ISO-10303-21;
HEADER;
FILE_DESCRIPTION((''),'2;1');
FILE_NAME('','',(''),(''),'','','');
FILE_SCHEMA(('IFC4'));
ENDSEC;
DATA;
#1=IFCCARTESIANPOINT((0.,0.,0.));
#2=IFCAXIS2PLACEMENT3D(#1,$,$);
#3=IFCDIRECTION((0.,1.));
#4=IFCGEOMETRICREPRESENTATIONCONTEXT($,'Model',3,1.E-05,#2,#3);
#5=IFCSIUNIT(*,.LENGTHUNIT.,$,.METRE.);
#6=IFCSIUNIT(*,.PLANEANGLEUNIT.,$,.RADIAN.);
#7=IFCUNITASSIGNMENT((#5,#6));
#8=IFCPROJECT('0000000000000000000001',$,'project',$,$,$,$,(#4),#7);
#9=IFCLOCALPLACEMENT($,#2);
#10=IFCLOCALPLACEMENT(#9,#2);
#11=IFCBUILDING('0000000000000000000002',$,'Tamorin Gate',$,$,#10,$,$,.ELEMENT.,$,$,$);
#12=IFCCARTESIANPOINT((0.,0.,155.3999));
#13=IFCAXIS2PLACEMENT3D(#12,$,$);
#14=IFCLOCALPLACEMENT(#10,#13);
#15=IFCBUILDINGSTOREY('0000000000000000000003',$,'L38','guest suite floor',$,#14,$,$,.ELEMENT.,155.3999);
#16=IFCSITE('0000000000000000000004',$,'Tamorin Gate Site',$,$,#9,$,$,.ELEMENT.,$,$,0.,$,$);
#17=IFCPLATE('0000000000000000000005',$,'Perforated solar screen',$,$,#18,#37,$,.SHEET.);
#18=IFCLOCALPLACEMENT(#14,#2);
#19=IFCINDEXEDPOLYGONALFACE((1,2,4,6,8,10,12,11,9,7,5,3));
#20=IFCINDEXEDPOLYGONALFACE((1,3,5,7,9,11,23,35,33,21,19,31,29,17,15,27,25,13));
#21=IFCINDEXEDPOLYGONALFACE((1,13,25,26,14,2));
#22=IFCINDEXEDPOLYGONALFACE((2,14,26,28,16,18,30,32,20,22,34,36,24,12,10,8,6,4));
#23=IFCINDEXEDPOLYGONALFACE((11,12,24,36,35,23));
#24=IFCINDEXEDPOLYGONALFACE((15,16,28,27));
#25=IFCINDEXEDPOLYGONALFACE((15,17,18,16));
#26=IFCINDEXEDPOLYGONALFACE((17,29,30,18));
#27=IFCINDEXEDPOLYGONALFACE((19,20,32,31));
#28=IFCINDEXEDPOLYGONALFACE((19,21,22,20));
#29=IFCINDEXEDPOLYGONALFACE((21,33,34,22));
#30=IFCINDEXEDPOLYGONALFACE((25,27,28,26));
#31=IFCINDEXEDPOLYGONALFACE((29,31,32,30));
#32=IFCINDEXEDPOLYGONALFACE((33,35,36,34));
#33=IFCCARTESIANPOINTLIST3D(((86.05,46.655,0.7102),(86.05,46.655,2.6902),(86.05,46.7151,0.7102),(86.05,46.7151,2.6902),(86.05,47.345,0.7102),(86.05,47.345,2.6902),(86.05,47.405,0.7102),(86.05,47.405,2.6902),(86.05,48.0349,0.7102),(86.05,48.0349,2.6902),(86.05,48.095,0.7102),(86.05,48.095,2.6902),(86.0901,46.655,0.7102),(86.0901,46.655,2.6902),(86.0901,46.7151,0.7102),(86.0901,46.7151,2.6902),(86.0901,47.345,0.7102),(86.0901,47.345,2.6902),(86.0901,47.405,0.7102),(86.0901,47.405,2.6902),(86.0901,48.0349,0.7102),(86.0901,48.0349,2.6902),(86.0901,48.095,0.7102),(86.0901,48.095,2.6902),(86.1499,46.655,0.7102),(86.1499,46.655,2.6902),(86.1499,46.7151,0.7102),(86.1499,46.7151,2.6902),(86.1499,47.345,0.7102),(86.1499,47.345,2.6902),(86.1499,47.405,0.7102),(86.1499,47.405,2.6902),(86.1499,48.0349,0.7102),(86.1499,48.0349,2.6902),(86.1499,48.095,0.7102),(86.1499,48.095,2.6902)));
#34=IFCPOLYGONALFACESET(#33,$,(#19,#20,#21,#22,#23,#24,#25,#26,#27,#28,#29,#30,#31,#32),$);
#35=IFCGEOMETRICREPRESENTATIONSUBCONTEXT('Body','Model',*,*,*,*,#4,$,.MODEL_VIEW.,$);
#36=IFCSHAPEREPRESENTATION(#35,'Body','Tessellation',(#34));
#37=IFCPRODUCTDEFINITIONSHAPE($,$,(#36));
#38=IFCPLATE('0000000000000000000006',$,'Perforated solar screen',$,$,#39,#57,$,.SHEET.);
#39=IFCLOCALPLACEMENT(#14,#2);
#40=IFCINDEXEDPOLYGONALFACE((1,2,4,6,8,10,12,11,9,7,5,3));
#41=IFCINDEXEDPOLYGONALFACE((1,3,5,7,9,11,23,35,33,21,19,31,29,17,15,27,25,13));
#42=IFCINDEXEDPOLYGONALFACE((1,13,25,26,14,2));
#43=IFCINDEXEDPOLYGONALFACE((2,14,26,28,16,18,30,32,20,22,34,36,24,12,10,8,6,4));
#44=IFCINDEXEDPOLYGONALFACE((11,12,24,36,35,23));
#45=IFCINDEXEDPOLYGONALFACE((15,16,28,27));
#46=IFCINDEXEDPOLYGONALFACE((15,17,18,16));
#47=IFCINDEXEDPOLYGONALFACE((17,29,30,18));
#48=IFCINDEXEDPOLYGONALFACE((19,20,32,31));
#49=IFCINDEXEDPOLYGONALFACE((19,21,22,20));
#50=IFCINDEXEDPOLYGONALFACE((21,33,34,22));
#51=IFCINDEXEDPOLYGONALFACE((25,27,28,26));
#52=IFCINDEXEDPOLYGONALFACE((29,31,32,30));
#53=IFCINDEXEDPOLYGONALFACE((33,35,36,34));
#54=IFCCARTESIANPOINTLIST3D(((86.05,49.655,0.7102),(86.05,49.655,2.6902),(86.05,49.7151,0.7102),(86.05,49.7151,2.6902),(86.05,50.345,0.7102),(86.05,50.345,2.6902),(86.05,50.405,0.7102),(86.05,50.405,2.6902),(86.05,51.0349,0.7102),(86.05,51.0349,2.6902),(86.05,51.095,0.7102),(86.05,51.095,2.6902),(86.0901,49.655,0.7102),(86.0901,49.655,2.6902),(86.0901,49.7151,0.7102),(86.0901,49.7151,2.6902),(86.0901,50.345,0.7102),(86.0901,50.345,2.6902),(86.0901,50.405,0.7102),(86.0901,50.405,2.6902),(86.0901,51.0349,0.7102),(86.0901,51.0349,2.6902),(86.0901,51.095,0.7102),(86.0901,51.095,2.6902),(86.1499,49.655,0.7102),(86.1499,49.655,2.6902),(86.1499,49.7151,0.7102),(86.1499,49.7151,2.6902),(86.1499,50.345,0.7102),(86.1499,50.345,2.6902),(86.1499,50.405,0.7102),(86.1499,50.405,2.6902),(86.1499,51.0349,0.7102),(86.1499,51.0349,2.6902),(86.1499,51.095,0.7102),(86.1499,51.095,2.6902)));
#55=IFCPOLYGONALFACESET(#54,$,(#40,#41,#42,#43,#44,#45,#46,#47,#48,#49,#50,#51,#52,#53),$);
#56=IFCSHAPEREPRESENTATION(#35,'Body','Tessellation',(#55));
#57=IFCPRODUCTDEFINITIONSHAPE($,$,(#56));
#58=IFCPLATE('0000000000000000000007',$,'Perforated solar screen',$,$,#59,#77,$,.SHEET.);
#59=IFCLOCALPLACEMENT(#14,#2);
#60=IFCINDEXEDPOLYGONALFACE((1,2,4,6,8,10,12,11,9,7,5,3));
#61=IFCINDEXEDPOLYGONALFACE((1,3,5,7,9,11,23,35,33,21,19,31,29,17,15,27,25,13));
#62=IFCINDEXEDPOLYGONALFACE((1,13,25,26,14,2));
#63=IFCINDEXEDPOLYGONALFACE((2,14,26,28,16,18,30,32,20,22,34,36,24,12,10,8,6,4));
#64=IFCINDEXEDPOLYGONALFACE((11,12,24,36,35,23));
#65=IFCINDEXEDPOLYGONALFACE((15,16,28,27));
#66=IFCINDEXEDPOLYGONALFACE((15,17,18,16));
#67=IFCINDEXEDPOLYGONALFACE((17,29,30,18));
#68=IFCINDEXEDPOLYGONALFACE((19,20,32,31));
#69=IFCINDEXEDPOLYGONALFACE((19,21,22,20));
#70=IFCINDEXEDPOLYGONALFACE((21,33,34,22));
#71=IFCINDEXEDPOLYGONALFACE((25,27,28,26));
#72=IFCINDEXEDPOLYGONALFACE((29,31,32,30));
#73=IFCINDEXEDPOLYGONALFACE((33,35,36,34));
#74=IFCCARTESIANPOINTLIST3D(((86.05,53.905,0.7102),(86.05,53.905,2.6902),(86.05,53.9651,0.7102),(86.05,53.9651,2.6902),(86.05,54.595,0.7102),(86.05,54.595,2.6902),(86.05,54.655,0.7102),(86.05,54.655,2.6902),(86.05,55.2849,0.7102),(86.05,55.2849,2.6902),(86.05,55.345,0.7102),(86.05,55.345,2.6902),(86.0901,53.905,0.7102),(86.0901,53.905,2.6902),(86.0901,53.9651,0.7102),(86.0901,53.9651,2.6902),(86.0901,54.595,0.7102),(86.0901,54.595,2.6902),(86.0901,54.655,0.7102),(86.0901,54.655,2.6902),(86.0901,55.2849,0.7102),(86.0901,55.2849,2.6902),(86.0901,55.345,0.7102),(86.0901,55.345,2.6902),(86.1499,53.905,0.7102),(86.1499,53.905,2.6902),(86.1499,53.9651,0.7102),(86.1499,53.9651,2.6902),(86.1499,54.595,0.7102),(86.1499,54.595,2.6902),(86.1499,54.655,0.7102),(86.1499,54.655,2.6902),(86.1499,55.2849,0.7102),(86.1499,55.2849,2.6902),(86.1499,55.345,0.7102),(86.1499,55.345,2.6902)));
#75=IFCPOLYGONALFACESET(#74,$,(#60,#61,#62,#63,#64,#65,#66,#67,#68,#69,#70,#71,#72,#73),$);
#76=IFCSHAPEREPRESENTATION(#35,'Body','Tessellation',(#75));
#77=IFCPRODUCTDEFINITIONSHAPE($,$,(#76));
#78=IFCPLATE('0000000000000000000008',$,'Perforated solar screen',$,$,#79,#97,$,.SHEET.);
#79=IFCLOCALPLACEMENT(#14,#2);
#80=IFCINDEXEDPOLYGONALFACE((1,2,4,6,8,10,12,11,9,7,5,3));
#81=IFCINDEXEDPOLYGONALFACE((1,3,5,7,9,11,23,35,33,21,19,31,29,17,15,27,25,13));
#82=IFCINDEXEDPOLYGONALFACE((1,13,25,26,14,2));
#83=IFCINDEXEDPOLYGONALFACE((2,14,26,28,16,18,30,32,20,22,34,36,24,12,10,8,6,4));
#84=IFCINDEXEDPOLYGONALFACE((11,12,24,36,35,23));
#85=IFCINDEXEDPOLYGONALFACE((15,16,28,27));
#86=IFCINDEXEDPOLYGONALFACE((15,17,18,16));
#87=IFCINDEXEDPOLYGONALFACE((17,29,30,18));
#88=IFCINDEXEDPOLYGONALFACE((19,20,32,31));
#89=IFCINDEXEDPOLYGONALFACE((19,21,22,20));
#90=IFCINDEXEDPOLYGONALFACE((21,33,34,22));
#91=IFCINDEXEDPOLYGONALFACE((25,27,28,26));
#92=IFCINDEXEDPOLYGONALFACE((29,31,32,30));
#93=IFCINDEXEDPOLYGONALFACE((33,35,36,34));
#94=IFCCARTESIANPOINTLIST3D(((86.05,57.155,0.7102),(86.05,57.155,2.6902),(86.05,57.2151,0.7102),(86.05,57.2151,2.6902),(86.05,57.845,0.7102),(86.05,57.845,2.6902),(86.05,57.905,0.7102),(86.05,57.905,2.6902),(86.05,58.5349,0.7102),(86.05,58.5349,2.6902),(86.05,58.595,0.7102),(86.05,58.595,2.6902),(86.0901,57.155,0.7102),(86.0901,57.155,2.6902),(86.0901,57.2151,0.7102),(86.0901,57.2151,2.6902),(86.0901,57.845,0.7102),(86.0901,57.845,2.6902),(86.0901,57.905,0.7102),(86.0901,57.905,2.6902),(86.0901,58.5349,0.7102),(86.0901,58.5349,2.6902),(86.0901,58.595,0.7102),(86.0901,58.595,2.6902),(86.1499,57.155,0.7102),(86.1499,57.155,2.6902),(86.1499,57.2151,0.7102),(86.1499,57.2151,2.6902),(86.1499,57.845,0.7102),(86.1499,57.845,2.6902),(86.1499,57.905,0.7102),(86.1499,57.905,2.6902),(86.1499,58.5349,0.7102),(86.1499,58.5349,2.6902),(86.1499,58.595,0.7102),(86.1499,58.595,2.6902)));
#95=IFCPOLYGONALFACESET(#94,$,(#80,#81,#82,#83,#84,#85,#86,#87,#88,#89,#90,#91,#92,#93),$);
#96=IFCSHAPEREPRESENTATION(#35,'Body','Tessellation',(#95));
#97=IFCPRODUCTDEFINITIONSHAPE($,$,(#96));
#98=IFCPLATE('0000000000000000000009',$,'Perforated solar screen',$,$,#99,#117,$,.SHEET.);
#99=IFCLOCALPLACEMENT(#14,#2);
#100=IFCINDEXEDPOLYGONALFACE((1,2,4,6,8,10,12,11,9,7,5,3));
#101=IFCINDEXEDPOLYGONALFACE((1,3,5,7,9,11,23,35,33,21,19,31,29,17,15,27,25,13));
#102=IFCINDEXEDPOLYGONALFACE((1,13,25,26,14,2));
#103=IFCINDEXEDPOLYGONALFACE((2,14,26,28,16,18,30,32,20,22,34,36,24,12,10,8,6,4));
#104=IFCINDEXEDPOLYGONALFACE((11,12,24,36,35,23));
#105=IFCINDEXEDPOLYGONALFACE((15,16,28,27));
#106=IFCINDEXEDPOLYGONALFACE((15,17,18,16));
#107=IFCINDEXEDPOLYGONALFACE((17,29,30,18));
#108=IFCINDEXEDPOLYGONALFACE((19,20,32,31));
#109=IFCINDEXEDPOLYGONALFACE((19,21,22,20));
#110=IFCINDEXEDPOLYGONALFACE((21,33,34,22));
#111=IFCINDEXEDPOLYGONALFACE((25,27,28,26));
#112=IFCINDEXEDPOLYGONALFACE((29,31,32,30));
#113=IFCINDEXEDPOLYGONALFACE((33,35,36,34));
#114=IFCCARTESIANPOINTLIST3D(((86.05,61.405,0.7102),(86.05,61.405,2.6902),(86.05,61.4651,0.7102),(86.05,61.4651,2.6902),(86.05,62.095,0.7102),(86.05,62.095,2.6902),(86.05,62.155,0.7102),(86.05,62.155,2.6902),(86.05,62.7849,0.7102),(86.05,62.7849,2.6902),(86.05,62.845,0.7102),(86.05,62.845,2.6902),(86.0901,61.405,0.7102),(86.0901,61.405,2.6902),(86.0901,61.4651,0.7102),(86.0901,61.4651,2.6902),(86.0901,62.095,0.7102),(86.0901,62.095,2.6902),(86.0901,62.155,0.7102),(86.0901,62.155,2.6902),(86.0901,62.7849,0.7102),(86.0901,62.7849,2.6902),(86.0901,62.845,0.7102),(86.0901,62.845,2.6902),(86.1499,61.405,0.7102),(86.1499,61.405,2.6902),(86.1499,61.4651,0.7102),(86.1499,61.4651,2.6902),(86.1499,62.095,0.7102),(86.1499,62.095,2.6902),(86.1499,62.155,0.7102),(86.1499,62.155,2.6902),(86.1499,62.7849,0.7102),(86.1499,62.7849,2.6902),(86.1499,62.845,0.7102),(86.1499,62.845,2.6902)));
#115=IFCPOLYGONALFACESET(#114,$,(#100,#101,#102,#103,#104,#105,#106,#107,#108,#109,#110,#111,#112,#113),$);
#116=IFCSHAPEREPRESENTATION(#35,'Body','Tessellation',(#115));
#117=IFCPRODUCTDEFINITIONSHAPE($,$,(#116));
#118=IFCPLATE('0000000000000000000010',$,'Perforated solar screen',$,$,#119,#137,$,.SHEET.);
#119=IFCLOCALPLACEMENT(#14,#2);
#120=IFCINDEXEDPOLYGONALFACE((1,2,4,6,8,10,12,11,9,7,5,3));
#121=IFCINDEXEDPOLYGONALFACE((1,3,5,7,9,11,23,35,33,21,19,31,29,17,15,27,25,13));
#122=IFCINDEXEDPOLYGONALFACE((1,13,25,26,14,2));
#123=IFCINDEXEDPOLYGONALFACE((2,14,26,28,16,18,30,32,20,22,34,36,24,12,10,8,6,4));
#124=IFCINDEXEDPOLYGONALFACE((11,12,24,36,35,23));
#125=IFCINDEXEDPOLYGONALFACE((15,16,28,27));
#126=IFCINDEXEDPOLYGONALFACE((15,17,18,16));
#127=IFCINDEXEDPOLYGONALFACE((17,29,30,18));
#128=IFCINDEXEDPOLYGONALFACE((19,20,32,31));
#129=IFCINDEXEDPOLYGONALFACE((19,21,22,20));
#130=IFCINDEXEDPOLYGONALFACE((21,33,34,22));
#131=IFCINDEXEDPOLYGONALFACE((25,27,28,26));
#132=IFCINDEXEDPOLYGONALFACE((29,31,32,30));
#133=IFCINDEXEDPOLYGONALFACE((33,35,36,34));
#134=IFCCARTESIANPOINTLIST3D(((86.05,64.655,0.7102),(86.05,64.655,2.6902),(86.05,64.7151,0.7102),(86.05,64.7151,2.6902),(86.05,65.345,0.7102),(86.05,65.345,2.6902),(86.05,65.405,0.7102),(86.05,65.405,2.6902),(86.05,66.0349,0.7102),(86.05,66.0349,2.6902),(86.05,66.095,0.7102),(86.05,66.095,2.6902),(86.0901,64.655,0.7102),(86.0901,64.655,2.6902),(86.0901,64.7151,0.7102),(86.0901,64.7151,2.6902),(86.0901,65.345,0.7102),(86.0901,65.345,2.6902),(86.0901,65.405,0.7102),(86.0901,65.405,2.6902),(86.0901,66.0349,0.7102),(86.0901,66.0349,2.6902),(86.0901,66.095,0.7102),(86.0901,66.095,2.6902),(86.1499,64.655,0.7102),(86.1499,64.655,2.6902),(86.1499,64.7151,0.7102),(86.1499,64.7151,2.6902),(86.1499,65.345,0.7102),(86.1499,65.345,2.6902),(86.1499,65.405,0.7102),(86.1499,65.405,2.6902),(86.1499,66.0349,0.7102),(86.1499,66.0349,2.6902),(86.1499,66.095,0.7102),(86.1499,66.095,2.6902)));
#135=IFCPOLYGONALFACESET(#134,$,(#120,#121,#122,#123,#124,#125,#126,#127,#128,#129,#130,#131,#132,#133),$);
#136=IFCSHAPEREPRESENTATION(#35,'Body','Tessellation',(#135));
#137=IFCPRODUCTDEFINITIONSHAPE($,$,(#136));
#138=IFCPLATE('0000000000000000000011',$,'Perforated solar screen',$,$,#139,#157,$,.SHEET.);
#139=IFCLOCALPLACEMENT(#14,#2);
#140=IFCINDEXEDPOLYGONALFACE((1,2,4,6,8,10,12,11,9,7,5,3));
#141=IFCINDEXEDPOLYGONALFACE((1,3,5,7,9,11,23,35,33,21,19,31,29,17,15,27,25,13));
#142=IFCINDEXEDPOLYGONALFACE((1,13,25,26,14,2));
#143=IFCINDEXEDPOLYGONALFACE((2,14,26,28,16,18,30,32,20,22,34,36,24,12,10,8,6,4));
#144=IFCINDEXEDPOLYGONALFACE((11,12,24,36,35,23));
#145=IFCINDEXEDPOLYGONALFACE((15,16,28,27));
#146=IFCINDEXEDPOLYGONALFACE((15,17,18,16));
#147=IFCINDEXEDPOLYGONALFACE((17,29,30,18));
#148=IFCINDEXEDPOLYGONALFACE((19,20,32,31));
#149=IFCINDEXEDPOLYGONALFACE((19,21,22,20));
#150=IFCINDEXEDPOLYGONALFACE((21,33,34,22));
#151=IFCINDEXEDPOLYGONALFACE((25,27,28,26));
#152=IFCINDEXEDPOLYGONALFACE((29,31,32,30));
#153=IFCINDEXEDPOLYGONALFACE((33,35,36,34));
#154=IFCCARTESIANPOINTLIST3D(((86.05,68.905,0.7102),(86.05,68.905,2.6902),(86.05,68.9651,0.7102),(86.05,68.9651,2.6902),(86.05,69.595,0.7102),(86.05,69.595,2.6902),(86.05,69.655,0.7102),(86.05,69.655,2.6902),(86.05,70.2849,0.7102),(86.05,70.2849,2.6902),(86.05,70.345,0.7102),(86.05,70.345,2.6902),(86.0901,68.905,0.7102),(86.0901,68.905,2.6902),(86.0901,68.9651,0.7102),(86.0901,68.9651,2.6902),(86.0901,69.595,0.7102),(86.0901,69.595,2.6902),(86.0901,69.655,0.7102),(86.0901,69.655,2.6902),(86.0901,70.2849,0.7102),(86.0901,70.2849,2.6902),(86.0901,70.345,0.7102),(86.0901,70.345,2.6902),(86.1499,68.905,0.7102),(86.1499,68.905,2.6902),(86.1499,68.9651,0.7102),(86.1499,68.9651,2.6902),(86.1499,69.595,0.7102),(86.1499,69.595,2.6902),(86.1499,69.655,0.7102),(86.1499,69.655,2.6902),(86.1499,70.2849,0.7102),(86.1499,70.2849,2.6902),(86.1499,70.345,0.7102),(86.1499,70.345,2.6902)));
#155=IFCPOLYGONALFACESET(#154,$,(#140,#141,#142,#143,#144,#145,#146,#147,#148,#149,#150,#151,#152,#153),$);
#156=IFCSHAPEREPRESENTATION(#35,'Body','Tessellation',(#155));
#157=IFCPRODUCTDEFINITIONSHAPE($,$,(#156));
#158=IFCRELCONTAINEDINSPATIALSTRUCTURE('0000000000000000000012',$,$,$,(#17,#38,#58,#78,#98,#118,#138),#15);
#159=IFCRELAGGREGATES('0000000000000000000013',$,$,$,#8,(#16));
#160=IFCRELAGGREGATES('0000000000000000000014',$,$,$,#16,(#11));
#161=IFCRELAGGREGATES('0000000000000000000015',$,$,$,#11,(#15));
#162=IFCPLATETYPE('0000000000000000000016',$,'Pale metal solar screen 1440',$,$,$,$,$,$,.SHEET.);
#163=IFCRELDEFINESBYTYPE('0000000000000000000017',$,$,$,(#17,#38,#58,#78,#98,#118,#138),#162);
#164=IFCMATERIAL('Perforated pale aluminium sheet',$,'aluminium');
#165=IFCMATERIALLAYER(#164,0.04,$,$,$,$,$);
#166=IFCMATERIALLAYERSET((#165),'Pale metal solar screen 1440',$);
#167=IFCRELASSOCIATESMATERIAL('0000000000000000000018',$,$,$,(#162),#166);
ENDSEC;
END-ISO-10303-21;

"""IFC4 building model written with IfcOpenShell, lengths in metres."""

from ifc_helpers import new_model, si_unit, direction, frame, origin, place, context, subcontext, project, spatial, polyline, outline, extrude, material, layer, layer_set, type_object, element, save


model = new_model("IFC4")

# Units and contexts
model_context = context("Model", 3, precision=1e-05, world=origin(), true_north=direction((0.0, 1.0)))
body_context = subcontext(model_context, "Body", "Model", "MODEL_VIEW")
ifc_project = project(units=[si_unit("LENGTHUNIT", "METRE"), si_unit("PLANEANGLEUNIT", "RADIAN")], contexts=[model_context])

# Site, building, storey
site_placement = place(None, origin())
site = spatial("IfcSite", under=ifc_project, at=site_placement, Name="Tamorin Gate Site", CompositionType="ELEMENT", RefElevation=0.0)
building_placement = place(site_placement, origin())
building = spatial("IfcBuilding", under=site, at=building_placement, Name="Tamorin Gate", CompositionType="ELEMENT")
storey_placement = place(building_placement, frame((0.0, 0.0, 155.3999)))
storey = spatial("IfcBuildingStorey", under=building, at=storey_placement, Name="L38", Description="guest suite floor", CompositionType="ELEMENT", Elevation=155.3999)

# Plates
ifc_material_1 = material(Name="Perforated pale aluminium sheet", Category="aluminium")
ifc_layer_1 = layer(ifc_material_1, 0.04)
ifc_layer_set_1 = layer_set([ifc_layer_1], Name="Pale metal solar screen 1440")
plate_type_1 = type_object("IfcPlateType", Name="Pale metal solar screen 1440", PredefinedType="SHEET", material=ifc_layer_set_1)
plate_1_placement = place(storey_placement, frame((0.0, 0.0, 0.7102)))
element("IfcPlate", 1, at=plate_1_placement, inside=storey, type_object=plate_type_1, Name="Perforated solar screen", PredefinedType="SHEET", context=body_context, shape_type="SweptSolid", body=[
    extrude(outline(polyline([(86.0901, 46.655), (86.05, 46.655), (86.05, 46.7151), (86.05, 47.345), (86.05, 47.405), (86.05, 48.0349), (86.05, 48.095), (86.05, 48.095), (86.0901, 48.095), (86.0901, 48.095), (86.1499, 48.095), (86.1499, 48.0349), (86.0901, 48.0349), (86.0901, 47.405), (86.1499, 47.405), (86.1499, 47.345), (86.0901, 47.345), (86.0901, 46.7151), (86.1499, 46.7151), (86.1499, 46.655), (86.0901, 46.655)])), origin(), (0.0, 0.0, 1.0), 1.98),
])
plate_2_placement = place(storey_placement, frame((0.0, 0.0, 0.7102)))
element("IfcPlate", 2, at=plate_2_placement, inside=storey, type_object=plate_type_1, Name="Perforated solar screen", PredefinedType="SHEET", context=body_context, shape_type="SweptSolid", body=[
    extrude(outline(polyline([(86.0901, 49.655), (86.05, 49.655), (86.05, 49.7151), (86.05, 50.345), (86.05, 50.405), (86.05, 51.0349), (86.05, 51.095), (86.0901, 51.095), (86.1499, 51.095), (86.1499, 51.0349), (86.0901, 51.0349), (86.0901, 50.405), (86.1499, 50.405), (86.1499, 50.345), (86.0901, 50.345), (86.0901, 49.7151), (86.1499, 49.7151), (86.1499, 49.655), (86.0901, 49.655)])), origin(), (0.0, 0.0, 1.0), 1.98),
])
plate_3_placement = place(storey_placement, frame((0.0, 0.0, 0.7102)))
element("IfcPlate", 3, at=plate_3_placement, inside=storey, type_object=plate_type_1, Name="Perforated solar screen", PredefinedType="SHEET", context=body_context, shape_type="SweptSolid", body=[
    extrude(outline(polyline([(86.0901, 53.905), (86.05, 53.905), (86.05, 53.9651), (86.05, 54.595), (86.05, 54.655), (86.05, 55.2849), (86.05, 55.345), (86.0901, 55.345), (86.1499, 55.345), (86.1499, 55.2849), (86.0901, 55.2849), (86.0901, 54.655), (86.1499, 54.655), (86.1499, 54.595), (86.0901, 54.595), (86.0901, 53.9651), (86.1499, 53.9651), (86.1499, 53.905), (86.0901, 53.905)])), origin(), (0.0, 0.0, 1.0), 1.98),
])
plate_4_placement = place(storey_placement, frame((0.0, 0.0, 0.7102)))
element("IfcPlate", 4, at=plate_4_placement, inside=storey, type_object=plate_type_1, Name="Perforated solar screen", PredefinedType="SHEET", context=body_context, shape_type="SweptSolid", body=[
    extrude(outline(polyline([(86.0901, 57.155), (86.05, 57.155), (86.05, 57.2151), (86.05, 57.845), (86.05, 57.905), (86.05, 58.5349), (86.05, 58.595), (86.0901, 58.595), (86.1499, 58.595), (86.1499, 58.5349), (86.0901, 58.5349), (86.0901, 57.905), (86.1499, 57.905), (86.1499, 57.845), (86.0901, 57.845), (86.0901, 57.2151), (86.1499, 57.2151), (86.1499, 57.155), (86.0901, 57.155)])), origin(), (0.0, 0.0, 1.0), 1.98),
])
plate_5_placement = place(storey_placement, frame((0.0, 0.0, 0.7102)))
element("IfcPlate", 5, at=plate_5_placement, inside=storey, type_object=plate_type_1, Name="Perforated solar screen", PredefinedType="SHEET", context=body_context, shape_type="SweptSolid", body=[
    extrude(outline(polyline([(86.0901, 61.405), (86.05, 61.405), (86.05, 61.4651), (86.05, 62.095), (86.05, 62.155), (86.05, 62.7849), (86.05, 62.845), (86.0901, 62.845), (86.1499, 62.845), (86.1499, 62.7849), (86.0901, 62.7849), (86.0901, 62.155), (86.1499, 62.155), (86.1499, 62.095), (86.0901, 62.095), (86.0901, 61.4651), (86.1499, 61.4651), (86.1499, 61.405), (86.0901, 61.405)])), origin(), (0.0, 0.0, 1.0), 1.98),
])
plate_6_placement = place(storey_placement, frame((0.0, 0.0, 0.7102)))
element("IfcPlate", 6, at=plate_6_placement, inside=storey, type_object=plate_type_1, Name="Perforated solar screen", PredefinedType="SHEET", context=body_context, shape_type="SweptSolid", body=[
    extrude(outline(polyline([(86.0901, 64.655), (86.05, 64.655), (86.05, 64.7151), (86.05, 65.345), (86.05, 65.405), (86.05, 66.0349), (86.05, 66.095), (86.0901, 66.095), (86.1499, 66.095), (86.1499, 66.0349), (86.0901, 66.0349), (86.0901, 65.405), (86.1499, 65.405), (86.1499, 65.345), (86.0901, 65.345), (86.0901, 64.7151), (86.1499, 64.7151), (86.1499, 64.655), (86.0901, 64.655)])), origin(), (0.0, 0.0, 1.0), 1.98),
])
plate_7_placement = place(storey_placement, frame((0.0, 0.0, 0.7102)))
element("IfcPlate", 7, at=plate_7_placement, inside=storey, type_object=plate_type_1, Name="Perforated solar screen", PredefinedType="SHEET", context=body_context, shape_type="SweptSolid", body=[
    extrude(outline(polyline([(86.0901, 68.905), (86.05, 68.905), (86.05, 68.9651), (86.05, 69.595), (86.05, 69.655), (86.05, 70.2849), (86.05, 70.345), (86.0901, 70.345), (86.1499, 70.345), (86.1499, 70.2849), (86.0901, 70.2849), (86.0901, 69.655), (86.1499, 69.655), (86.1499, 69.595), (86.0901, 69.595), (86.0901, 68.9651), (86.1499, 68.9651), (86.1499, 68.905), (86.0901, 68.905)])), origin(), (0.0, 0.0, 1.0), 1.98),
])

save(model, "model.ifc")
